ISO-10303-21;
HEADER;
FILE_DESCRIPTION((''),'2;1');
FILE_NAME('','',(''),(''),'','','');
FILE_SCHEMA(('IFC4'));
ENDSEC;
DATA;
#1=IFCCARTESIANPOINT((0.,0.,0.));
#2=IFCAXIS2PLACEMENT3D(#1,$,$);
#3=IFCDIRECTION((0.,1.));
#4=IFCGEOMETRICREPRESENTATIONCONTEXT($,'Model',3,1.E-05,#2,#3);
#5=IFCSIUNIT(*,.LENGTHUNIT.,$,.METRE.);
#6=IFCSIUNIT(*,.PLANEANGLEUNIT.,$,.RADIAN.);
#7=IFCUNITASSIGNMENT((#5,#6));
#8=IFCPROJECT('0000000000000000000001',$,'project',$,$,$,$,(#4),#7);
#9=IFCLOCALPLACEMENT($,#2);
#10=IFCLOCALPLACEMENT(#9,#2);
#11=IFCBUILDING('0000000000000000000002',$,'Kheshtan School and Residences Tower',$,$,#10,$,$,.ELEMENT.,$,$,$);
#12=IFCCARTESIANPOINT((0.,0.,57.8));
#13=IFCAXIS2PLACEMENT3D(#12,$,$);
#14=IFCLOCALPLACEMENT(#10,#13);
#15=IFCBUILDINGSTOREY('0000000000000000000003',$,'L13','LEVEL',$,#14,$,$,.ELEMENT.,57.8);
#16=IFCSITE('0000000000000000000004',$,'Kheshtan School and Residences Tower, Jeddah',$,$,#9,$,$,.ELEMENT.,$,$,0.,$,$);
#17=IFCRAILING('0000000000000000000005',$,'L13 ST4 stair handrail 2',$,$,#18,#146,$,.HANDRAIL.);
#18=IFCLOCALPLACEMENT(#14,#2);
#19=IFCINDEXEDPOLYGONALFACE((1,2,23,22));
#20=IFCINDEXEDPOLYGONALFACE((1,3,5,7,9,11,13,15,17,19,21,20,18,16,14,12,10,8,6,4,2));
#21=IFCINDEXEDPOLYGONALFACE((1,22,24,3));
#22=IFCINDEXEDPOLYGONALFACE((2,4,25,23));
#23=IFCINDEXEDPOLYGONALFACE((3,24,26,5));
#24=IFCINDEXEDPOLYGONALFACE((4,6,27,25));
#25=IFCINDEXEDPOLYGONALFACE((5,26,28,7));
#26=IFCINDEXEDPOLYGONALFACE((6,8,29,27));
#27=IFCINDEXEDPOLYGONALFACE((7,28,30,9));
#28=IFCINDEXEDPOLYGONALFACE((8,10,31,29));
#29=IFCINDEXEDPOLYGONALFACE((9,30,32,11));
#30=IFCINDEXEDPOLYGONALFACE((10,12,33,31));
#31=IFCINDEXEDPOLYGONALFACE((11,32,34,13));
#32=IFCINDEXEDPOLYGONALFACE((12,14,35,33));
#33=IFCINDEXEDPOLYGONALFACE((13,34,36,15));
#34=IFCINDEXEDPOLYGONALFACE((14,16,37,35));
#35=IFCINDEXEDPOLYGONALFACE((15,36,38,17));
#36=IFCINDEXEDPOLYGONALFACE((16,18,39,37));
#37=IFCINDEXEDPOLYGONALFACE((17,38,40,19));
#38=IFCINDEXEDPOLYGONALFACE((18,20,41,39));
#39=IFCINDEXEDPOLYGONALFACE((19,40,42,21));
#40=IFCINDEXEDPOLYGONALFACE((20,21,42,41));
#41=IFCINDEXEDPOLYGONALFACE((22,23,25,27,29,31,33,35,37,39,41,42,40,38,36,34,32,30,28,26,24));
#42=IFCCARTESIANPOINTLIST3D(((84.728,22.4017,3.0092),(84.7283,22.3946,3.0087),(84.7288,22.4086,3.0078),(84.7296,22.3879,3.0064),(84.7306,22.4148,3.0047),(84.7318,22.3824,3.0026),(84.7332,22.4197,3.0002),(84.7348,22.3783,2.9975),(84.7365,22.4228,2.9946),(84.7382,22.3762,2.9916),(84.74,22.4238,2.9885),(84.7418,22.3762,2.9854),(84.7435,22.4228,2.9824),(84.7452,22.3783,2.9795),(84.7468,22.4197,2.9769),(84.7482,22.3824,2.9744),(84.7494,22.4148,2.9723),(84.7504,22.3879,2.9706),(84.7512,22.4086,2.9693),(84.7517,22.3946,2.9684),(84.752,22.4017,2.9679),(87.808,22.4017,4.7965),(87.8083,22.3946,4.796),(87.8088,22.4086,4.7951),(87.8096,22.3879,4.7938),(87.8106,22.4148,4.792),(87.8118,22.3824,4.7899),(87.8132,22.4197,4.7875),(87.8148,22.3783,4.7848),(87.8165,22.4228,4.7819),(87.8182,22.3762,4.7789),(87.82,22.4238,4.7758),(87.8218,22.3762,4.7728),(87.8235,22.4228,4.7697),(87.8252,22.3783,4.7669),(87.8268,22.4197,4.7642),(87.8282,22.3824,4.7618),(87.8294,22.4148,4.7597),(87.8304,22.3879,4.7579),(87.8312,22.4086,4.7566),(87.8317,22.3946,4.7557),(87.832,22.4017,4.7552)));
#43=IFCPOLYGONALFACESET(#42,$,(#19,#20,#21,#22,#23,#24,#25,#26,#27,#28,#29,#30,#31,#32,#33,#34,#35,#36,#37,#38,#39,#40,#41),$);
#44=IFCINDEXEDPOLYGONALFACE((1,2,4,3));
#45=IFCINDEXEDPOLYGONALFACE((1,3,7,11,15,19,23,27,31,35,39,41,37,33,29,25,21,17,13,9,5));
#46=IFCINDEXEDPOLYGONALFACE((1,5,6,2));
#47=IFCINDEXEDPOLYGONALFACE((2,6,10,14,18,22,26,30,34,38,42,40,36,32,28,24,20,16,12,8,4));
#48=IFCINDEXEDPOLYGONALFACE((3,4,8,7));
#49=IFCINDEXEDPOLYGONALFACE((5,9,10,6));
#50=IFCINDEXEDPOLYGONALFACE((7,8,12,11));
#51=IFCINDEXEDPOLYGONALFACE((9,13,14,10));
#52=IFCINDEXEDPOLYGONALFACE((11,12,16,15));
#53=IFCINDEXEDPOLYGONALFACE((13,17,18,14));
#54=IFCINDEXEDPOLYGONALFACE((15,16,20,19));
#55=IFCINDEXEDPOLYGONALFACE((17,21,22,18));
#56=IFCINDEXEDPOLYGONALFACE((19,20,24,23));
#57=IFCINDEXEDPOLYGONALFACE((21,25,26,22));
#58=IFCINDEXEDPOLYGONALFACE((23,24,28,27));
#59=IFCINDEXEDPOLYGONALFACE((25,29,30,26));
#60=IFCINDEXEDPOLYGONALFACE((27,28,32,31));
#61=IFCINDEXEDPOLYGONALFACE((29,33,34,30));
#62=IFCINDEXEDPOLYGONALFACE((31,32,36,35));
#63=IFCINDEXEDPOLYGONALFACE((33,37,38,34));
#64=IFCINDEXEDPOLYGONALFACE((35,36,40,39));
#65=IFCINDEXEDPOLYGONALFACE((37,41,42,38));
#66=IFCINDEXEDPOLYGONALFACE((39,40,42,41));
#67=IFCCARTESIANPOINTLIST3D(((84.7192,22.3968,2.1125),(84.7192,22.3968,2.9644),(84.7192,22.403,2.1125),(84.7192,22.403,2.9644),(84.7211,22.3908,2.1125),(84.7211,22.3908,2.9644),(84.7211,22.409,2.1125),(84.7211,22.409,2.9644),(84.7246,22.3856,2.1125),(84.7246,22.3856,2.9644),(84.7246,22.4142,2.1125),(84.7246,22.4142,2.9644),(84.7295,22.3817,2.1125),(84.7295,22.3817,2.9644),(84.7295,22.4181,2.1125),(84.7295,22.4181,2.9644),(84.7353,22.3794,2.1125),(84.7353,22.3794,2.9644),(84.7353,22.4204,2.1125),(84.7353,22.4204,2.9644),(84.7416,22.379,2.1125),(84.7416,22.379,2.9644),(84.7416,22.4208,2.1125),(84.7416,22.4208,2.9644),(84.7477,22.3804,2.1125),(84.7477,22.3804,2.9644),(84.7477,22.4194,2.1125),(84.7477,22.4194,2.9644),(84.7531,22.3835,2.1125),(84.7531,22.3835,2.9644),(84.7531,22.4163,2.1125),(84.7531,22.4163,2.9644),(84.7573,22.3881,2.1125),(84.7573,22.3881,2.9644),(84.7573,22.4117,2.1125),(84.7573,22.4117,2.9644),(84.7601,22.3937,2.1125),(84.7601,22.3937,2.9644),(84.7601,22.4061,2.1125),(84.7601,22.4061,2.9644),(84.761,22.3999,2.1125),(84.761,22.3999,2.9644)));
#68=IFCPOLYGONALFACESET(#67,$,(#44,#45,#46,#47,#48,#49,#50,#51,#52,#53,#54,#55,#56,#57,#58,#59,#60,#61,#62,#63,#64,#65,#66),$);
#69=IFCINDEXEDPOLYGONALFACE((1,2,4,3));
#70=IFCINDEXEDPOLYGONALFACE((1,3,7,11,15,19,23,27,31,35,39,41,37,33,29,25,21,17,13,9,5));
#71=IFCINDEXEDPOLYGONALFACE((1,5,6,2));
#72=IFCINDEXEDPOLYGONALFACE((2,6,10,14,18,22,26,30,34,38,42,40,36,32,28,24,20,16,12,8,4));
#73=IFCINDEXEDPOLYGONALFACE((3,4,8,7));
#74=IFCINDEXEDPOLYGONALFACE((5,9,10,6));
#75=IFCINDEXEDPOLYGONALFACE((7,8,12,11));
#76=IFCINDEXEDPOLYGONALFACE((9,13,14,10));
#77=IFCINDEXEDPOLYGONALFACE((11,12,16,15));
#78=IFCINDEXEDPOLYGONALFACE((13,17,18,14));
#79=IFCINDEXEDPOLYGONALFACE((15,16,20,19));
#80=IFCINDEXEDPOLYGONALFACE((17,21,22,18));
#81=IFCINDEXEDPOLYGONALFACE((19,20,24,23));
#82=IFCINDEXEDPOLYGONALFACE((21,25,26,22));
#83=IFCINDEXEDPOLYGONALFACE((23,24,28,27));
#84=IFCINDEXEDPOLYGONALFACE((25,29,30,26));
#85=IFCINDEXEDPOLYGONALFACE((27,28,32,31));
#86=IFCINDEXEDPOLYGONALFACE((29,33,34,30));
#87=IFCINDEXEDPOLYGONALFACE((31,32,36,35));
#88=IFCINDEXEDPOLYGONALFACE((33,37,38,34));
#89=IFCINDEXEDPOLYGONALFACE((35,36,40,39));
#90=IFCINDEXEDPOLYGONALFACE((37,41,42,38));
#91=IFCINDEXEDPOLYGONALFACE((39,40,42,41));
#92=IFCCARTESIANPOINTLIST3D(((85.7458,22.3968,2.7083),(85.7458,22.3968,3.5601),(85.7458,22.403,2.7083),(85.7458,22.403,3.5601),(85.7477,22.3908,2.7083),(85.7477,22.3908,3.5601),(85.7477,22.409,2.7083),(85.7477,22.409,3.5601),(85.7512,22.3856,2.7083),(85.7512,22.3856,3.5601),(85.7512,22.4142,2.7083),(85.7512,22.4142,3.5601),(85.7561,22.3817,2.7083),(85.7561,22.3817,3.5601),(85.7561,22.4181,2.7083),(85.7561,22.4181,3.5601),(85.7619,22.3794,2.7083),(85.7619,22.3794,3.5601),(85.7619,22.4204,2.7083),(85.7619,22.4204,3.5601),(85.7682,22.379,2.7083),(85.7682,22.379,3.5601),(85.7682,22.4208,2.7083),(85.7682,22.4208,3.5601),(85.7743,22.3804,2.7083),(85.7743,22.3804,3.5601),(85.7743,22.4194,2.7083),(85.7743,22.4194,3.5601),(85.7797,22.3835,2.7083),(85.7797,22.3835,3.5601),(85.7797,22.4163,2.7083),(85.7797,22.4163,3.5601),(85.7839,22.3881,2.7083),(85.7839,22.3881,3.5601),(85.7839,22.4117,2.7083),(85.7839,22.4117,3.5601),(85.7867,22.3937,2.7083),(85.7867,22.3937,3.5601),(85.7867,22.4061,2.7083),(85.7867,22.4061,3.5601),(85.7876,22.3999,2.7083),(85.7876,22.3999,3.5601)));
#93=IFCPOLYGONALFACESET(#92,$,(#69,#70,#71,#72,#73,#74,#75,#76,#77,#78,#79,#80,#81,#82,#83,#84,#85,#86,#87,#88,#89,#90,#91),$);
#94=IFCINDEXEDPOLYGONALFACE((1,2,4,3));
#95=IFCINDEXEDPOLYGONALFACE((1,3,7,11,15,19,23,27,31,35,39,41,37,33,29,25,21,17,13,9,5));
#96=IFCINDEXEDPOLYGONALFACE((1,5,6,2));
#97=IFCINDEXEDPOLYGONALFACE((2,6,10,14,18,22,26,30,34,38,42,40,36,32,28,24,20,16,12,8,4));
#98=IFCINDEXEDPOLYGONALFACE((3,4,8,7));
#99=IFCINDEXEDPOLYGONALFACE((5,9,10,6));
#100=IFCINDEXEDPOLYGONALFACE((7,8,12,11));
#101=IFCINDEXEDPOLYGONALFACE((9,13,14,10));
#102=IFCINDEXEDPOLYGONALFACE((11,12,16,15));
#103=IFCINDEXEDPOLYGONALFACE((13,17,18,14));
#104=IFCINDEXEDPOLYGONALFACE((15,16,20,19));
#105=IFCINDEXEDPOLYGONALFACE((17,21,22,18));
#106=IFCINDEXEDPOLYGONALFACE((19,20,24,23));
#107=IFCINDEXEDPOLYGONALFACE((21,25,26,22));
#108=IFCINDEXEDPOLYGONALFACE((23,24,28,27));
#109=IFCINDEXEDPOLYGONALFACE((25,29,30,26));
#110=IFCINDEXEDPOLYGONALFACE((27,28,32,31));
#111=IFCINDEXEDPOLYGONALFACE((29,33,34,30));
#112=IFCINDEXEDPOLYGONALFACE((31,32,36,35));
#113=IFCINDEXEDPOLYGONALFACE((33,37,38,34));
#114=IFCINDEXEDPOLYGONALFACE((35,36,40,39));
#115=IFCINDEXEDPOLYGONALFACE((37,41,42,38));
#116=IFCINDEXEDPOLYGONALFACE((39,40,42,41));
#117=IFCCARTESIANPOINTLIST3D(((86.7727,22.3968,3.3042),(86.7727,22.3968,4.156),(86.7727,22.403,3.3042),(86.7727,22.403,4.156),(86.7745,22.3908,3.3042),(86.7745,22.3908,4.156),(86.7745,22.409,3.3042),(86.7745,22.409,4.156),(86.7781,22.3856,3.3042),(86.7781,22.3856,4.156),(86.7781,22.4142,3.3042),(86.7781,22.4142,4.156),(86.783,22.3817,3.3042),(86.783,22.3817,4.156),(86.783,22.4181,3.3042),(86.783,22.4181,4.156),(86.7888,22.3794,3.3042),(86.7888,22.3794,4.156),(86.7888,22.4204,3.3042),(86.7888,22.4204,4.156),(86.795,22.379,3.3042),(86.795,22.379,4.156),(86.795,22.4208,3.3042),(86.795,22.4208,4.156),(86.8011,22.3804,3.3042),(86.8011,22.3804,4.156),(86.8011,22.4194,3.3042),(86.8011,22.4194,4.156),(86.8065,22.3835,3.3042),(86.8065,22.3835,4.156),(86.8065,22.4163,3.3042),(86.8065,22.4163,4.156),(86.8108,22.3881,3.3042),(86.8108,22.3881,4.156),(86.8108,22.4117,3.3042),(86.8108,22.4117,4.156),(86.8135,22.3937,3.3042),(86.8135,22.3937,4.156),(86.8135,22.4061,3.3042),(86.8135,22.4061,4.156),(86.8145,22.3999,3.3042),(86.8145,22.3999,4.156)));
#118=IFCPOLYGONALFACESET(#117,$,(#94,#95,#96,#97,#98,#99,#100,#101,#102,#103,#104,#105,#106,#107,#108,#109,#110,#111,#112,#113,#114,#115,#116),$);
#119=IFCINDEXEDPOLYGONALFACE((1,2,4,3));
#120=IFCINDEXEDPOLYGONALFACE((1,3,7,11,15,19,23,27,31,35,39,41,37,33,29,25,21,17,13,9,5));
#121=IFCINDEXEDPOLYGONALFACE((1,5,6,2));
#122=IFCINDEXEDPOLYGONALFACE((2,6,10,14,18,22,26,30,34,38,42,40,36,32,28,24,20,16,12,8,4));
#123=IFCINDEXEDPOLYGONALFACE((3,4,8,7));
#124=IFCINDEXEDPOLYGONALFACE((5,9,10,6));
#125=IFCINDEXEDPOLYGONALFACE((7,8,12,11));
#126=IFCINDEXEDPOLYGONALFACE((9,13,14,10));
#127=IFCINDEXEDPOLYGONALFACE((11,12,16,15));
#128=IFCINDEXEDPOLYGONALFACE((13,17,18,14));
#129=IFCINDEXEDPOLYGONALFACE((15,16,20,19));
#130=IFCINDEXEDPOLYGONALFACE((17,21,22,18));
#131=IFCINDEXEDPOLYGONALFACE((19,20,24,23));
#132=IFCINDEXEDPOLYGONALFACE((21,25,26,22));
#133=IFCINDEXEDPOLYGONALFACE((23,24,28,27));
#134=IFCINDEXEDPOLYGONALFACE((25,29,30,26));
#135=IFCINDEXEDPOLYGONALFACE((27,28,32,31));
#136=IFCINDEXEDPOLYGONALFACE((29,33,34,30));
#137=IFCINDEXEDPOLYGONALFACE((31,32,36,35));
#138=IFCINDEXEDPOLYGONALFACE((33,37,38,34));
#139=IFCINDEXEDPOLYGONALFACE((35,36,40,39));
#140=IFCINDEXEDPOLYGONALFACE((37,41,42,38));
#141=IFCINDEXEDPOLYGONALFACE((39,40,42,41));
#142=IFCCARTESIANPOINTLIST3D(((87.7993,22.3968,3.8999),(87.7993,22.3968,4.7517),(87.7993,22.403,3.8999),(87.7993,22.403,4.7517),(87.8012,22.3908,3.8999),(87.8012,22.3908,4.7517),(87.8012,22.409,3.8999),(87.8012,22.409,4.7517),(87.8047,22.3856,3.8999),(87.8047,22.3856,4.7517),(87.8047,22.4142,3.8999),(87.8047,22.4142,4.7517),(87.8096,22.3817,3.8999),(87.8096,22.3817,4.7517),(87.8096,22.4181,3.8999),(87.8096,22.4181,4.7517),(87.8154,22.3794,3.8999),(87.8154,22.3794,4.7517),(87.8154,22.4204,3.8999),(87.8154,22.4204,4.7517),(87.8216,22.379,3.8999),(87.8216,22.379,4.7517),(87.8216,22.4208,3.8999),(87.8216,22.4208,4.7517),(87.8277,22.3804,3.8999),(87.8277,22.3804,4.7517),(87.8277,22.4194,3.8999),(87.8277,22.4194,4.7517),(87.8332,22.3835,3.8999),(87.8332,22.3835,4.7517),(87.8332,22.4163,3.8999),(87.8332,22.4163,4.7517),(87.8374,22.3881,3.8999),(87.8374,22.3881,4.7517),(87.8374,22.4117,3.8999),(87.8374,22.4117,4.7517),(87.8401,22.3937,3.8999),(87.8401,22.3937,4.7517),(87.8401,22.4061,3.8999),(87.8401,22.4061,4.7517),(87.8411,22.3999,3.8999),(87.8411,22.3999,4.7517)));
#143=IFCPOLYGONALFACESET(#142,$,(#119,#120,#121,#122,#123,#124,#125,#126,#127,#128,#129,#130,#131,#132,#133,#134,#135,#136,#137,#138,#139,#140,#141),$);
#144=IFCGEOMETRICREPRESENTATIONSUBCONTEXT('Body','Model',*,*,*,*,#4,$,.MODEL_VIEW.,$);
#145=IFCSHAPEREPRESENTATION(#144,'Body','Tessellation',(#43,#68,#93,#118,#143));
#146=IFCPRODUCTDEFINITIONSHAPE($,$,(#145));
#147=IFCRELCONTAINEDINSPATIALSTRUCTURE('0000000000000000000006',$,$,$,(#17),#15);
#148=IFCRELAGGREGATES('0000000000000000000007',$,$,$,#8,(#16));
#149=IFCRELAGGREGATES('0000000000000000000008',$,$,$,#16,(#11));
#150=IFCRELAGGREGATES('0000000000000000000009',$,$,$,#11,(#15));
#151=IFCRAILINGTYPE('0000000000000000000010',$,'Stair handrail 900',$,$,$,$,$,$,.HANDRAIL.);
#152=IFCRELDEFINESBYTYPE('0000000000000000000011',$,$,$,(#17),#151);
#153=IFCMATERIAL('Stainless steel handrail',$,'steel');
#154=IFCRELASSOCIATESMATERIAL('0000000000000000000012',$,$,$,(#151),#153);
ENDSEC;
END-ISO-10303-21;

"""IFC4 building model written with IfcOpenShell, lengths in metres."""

from ifc_helpers import new_model, si_unit, direction, frame, origin, origin_2d, place, context, subcontext, project, spatial, circle, extrude, material, type_object, element, save


model = new_model("IFC4")

# Units and contexts
model_context = context("Model", 3, precision=1e-05, world=origin(), true_north=direction((0.0, 1.0)))
body_context = subcontext(model_context, "Body", "Model", "MODEL_VIEW")
ifc_project = project(units=[si_unit("LENGTHUNIT", "METRE"), si_unit("PLANEANGLEUNIT", "RADIAN")], contexts=[model_context])

# Site, building, storey
site_placement = place(None, origin())
site = spatial("IfcSite", under=ifc_project, at=site_placement, Name="Kheshtan School and Residences Tower, Jeddah", CompositionType="ELEMENT", RefElevation=0.0)
building_placement = place(site_placement, origin())
building = spatial("IfcBuilding", under=site, at=building_placement, Name="Kheshtan School and Residences Tower", CompositionType="ELEMENT")
storey_placement = place(building_placement, frame((0.0, 0.0, 57.8)))
storey = spatial("IfcBuildingStorey", under=building, at=storey_placement, Name="L13", Description="LEVEL", CompositionType="ELEMENT", Elevation=57.8)

# Railing
ifc_material_1 = material(Name="Stainless steel handrail", Category="steel")
railing_type_1 = type_object("IfcRailingType", Name="Stair handrail 900", PredefinedType="HANDRAIL", material=ifc_material_1)
railing_1_placement = place(storey_placement, frame((84.74, 22.3999, 2.1125)))
element("IfcRailing", 1, at=railing_1_placement, inside=storey, type_object=railing_type_1, Name="L13 ST4 stair handrail 2", PredefinedType="HANDRAIL", context=body_context, shape_type="SweptSolid", body=[
    extrude(circle(Radius=0.0239, at=origin_2d()), frame((0.0, 0.0, 0.876), z_axis=(0.86492, 0.0, 0.501909), x_axis=(0.0, 1.0, 0.0)), (0.0, 0.0, 1.0), 3.561),
    extrude(circle(Radius=0.021, at=origin_2d()), origin(), (0.0, 0.0, 1.0), 0.8518),
    extrude(circle(Radius=0.021, at=origin_2d()), frame((1.0266, 0.0, 0.5957)), (0.0, 0.0, 1.0), 0.8518),
    extrude(circle(Radius=0.021, at=origin_2d()), frame((2.0535, 0.0, 1.1917)), (0.0, 0.0, 1.0), 0.8518),
    extrude(circle(Radius=0.021, at=origin_2d()), frame((3.0801, 0.0, 1.7874)), (0.0, 0.0, 1.0), 0.8518),
])

save(model, "model.ifc")
